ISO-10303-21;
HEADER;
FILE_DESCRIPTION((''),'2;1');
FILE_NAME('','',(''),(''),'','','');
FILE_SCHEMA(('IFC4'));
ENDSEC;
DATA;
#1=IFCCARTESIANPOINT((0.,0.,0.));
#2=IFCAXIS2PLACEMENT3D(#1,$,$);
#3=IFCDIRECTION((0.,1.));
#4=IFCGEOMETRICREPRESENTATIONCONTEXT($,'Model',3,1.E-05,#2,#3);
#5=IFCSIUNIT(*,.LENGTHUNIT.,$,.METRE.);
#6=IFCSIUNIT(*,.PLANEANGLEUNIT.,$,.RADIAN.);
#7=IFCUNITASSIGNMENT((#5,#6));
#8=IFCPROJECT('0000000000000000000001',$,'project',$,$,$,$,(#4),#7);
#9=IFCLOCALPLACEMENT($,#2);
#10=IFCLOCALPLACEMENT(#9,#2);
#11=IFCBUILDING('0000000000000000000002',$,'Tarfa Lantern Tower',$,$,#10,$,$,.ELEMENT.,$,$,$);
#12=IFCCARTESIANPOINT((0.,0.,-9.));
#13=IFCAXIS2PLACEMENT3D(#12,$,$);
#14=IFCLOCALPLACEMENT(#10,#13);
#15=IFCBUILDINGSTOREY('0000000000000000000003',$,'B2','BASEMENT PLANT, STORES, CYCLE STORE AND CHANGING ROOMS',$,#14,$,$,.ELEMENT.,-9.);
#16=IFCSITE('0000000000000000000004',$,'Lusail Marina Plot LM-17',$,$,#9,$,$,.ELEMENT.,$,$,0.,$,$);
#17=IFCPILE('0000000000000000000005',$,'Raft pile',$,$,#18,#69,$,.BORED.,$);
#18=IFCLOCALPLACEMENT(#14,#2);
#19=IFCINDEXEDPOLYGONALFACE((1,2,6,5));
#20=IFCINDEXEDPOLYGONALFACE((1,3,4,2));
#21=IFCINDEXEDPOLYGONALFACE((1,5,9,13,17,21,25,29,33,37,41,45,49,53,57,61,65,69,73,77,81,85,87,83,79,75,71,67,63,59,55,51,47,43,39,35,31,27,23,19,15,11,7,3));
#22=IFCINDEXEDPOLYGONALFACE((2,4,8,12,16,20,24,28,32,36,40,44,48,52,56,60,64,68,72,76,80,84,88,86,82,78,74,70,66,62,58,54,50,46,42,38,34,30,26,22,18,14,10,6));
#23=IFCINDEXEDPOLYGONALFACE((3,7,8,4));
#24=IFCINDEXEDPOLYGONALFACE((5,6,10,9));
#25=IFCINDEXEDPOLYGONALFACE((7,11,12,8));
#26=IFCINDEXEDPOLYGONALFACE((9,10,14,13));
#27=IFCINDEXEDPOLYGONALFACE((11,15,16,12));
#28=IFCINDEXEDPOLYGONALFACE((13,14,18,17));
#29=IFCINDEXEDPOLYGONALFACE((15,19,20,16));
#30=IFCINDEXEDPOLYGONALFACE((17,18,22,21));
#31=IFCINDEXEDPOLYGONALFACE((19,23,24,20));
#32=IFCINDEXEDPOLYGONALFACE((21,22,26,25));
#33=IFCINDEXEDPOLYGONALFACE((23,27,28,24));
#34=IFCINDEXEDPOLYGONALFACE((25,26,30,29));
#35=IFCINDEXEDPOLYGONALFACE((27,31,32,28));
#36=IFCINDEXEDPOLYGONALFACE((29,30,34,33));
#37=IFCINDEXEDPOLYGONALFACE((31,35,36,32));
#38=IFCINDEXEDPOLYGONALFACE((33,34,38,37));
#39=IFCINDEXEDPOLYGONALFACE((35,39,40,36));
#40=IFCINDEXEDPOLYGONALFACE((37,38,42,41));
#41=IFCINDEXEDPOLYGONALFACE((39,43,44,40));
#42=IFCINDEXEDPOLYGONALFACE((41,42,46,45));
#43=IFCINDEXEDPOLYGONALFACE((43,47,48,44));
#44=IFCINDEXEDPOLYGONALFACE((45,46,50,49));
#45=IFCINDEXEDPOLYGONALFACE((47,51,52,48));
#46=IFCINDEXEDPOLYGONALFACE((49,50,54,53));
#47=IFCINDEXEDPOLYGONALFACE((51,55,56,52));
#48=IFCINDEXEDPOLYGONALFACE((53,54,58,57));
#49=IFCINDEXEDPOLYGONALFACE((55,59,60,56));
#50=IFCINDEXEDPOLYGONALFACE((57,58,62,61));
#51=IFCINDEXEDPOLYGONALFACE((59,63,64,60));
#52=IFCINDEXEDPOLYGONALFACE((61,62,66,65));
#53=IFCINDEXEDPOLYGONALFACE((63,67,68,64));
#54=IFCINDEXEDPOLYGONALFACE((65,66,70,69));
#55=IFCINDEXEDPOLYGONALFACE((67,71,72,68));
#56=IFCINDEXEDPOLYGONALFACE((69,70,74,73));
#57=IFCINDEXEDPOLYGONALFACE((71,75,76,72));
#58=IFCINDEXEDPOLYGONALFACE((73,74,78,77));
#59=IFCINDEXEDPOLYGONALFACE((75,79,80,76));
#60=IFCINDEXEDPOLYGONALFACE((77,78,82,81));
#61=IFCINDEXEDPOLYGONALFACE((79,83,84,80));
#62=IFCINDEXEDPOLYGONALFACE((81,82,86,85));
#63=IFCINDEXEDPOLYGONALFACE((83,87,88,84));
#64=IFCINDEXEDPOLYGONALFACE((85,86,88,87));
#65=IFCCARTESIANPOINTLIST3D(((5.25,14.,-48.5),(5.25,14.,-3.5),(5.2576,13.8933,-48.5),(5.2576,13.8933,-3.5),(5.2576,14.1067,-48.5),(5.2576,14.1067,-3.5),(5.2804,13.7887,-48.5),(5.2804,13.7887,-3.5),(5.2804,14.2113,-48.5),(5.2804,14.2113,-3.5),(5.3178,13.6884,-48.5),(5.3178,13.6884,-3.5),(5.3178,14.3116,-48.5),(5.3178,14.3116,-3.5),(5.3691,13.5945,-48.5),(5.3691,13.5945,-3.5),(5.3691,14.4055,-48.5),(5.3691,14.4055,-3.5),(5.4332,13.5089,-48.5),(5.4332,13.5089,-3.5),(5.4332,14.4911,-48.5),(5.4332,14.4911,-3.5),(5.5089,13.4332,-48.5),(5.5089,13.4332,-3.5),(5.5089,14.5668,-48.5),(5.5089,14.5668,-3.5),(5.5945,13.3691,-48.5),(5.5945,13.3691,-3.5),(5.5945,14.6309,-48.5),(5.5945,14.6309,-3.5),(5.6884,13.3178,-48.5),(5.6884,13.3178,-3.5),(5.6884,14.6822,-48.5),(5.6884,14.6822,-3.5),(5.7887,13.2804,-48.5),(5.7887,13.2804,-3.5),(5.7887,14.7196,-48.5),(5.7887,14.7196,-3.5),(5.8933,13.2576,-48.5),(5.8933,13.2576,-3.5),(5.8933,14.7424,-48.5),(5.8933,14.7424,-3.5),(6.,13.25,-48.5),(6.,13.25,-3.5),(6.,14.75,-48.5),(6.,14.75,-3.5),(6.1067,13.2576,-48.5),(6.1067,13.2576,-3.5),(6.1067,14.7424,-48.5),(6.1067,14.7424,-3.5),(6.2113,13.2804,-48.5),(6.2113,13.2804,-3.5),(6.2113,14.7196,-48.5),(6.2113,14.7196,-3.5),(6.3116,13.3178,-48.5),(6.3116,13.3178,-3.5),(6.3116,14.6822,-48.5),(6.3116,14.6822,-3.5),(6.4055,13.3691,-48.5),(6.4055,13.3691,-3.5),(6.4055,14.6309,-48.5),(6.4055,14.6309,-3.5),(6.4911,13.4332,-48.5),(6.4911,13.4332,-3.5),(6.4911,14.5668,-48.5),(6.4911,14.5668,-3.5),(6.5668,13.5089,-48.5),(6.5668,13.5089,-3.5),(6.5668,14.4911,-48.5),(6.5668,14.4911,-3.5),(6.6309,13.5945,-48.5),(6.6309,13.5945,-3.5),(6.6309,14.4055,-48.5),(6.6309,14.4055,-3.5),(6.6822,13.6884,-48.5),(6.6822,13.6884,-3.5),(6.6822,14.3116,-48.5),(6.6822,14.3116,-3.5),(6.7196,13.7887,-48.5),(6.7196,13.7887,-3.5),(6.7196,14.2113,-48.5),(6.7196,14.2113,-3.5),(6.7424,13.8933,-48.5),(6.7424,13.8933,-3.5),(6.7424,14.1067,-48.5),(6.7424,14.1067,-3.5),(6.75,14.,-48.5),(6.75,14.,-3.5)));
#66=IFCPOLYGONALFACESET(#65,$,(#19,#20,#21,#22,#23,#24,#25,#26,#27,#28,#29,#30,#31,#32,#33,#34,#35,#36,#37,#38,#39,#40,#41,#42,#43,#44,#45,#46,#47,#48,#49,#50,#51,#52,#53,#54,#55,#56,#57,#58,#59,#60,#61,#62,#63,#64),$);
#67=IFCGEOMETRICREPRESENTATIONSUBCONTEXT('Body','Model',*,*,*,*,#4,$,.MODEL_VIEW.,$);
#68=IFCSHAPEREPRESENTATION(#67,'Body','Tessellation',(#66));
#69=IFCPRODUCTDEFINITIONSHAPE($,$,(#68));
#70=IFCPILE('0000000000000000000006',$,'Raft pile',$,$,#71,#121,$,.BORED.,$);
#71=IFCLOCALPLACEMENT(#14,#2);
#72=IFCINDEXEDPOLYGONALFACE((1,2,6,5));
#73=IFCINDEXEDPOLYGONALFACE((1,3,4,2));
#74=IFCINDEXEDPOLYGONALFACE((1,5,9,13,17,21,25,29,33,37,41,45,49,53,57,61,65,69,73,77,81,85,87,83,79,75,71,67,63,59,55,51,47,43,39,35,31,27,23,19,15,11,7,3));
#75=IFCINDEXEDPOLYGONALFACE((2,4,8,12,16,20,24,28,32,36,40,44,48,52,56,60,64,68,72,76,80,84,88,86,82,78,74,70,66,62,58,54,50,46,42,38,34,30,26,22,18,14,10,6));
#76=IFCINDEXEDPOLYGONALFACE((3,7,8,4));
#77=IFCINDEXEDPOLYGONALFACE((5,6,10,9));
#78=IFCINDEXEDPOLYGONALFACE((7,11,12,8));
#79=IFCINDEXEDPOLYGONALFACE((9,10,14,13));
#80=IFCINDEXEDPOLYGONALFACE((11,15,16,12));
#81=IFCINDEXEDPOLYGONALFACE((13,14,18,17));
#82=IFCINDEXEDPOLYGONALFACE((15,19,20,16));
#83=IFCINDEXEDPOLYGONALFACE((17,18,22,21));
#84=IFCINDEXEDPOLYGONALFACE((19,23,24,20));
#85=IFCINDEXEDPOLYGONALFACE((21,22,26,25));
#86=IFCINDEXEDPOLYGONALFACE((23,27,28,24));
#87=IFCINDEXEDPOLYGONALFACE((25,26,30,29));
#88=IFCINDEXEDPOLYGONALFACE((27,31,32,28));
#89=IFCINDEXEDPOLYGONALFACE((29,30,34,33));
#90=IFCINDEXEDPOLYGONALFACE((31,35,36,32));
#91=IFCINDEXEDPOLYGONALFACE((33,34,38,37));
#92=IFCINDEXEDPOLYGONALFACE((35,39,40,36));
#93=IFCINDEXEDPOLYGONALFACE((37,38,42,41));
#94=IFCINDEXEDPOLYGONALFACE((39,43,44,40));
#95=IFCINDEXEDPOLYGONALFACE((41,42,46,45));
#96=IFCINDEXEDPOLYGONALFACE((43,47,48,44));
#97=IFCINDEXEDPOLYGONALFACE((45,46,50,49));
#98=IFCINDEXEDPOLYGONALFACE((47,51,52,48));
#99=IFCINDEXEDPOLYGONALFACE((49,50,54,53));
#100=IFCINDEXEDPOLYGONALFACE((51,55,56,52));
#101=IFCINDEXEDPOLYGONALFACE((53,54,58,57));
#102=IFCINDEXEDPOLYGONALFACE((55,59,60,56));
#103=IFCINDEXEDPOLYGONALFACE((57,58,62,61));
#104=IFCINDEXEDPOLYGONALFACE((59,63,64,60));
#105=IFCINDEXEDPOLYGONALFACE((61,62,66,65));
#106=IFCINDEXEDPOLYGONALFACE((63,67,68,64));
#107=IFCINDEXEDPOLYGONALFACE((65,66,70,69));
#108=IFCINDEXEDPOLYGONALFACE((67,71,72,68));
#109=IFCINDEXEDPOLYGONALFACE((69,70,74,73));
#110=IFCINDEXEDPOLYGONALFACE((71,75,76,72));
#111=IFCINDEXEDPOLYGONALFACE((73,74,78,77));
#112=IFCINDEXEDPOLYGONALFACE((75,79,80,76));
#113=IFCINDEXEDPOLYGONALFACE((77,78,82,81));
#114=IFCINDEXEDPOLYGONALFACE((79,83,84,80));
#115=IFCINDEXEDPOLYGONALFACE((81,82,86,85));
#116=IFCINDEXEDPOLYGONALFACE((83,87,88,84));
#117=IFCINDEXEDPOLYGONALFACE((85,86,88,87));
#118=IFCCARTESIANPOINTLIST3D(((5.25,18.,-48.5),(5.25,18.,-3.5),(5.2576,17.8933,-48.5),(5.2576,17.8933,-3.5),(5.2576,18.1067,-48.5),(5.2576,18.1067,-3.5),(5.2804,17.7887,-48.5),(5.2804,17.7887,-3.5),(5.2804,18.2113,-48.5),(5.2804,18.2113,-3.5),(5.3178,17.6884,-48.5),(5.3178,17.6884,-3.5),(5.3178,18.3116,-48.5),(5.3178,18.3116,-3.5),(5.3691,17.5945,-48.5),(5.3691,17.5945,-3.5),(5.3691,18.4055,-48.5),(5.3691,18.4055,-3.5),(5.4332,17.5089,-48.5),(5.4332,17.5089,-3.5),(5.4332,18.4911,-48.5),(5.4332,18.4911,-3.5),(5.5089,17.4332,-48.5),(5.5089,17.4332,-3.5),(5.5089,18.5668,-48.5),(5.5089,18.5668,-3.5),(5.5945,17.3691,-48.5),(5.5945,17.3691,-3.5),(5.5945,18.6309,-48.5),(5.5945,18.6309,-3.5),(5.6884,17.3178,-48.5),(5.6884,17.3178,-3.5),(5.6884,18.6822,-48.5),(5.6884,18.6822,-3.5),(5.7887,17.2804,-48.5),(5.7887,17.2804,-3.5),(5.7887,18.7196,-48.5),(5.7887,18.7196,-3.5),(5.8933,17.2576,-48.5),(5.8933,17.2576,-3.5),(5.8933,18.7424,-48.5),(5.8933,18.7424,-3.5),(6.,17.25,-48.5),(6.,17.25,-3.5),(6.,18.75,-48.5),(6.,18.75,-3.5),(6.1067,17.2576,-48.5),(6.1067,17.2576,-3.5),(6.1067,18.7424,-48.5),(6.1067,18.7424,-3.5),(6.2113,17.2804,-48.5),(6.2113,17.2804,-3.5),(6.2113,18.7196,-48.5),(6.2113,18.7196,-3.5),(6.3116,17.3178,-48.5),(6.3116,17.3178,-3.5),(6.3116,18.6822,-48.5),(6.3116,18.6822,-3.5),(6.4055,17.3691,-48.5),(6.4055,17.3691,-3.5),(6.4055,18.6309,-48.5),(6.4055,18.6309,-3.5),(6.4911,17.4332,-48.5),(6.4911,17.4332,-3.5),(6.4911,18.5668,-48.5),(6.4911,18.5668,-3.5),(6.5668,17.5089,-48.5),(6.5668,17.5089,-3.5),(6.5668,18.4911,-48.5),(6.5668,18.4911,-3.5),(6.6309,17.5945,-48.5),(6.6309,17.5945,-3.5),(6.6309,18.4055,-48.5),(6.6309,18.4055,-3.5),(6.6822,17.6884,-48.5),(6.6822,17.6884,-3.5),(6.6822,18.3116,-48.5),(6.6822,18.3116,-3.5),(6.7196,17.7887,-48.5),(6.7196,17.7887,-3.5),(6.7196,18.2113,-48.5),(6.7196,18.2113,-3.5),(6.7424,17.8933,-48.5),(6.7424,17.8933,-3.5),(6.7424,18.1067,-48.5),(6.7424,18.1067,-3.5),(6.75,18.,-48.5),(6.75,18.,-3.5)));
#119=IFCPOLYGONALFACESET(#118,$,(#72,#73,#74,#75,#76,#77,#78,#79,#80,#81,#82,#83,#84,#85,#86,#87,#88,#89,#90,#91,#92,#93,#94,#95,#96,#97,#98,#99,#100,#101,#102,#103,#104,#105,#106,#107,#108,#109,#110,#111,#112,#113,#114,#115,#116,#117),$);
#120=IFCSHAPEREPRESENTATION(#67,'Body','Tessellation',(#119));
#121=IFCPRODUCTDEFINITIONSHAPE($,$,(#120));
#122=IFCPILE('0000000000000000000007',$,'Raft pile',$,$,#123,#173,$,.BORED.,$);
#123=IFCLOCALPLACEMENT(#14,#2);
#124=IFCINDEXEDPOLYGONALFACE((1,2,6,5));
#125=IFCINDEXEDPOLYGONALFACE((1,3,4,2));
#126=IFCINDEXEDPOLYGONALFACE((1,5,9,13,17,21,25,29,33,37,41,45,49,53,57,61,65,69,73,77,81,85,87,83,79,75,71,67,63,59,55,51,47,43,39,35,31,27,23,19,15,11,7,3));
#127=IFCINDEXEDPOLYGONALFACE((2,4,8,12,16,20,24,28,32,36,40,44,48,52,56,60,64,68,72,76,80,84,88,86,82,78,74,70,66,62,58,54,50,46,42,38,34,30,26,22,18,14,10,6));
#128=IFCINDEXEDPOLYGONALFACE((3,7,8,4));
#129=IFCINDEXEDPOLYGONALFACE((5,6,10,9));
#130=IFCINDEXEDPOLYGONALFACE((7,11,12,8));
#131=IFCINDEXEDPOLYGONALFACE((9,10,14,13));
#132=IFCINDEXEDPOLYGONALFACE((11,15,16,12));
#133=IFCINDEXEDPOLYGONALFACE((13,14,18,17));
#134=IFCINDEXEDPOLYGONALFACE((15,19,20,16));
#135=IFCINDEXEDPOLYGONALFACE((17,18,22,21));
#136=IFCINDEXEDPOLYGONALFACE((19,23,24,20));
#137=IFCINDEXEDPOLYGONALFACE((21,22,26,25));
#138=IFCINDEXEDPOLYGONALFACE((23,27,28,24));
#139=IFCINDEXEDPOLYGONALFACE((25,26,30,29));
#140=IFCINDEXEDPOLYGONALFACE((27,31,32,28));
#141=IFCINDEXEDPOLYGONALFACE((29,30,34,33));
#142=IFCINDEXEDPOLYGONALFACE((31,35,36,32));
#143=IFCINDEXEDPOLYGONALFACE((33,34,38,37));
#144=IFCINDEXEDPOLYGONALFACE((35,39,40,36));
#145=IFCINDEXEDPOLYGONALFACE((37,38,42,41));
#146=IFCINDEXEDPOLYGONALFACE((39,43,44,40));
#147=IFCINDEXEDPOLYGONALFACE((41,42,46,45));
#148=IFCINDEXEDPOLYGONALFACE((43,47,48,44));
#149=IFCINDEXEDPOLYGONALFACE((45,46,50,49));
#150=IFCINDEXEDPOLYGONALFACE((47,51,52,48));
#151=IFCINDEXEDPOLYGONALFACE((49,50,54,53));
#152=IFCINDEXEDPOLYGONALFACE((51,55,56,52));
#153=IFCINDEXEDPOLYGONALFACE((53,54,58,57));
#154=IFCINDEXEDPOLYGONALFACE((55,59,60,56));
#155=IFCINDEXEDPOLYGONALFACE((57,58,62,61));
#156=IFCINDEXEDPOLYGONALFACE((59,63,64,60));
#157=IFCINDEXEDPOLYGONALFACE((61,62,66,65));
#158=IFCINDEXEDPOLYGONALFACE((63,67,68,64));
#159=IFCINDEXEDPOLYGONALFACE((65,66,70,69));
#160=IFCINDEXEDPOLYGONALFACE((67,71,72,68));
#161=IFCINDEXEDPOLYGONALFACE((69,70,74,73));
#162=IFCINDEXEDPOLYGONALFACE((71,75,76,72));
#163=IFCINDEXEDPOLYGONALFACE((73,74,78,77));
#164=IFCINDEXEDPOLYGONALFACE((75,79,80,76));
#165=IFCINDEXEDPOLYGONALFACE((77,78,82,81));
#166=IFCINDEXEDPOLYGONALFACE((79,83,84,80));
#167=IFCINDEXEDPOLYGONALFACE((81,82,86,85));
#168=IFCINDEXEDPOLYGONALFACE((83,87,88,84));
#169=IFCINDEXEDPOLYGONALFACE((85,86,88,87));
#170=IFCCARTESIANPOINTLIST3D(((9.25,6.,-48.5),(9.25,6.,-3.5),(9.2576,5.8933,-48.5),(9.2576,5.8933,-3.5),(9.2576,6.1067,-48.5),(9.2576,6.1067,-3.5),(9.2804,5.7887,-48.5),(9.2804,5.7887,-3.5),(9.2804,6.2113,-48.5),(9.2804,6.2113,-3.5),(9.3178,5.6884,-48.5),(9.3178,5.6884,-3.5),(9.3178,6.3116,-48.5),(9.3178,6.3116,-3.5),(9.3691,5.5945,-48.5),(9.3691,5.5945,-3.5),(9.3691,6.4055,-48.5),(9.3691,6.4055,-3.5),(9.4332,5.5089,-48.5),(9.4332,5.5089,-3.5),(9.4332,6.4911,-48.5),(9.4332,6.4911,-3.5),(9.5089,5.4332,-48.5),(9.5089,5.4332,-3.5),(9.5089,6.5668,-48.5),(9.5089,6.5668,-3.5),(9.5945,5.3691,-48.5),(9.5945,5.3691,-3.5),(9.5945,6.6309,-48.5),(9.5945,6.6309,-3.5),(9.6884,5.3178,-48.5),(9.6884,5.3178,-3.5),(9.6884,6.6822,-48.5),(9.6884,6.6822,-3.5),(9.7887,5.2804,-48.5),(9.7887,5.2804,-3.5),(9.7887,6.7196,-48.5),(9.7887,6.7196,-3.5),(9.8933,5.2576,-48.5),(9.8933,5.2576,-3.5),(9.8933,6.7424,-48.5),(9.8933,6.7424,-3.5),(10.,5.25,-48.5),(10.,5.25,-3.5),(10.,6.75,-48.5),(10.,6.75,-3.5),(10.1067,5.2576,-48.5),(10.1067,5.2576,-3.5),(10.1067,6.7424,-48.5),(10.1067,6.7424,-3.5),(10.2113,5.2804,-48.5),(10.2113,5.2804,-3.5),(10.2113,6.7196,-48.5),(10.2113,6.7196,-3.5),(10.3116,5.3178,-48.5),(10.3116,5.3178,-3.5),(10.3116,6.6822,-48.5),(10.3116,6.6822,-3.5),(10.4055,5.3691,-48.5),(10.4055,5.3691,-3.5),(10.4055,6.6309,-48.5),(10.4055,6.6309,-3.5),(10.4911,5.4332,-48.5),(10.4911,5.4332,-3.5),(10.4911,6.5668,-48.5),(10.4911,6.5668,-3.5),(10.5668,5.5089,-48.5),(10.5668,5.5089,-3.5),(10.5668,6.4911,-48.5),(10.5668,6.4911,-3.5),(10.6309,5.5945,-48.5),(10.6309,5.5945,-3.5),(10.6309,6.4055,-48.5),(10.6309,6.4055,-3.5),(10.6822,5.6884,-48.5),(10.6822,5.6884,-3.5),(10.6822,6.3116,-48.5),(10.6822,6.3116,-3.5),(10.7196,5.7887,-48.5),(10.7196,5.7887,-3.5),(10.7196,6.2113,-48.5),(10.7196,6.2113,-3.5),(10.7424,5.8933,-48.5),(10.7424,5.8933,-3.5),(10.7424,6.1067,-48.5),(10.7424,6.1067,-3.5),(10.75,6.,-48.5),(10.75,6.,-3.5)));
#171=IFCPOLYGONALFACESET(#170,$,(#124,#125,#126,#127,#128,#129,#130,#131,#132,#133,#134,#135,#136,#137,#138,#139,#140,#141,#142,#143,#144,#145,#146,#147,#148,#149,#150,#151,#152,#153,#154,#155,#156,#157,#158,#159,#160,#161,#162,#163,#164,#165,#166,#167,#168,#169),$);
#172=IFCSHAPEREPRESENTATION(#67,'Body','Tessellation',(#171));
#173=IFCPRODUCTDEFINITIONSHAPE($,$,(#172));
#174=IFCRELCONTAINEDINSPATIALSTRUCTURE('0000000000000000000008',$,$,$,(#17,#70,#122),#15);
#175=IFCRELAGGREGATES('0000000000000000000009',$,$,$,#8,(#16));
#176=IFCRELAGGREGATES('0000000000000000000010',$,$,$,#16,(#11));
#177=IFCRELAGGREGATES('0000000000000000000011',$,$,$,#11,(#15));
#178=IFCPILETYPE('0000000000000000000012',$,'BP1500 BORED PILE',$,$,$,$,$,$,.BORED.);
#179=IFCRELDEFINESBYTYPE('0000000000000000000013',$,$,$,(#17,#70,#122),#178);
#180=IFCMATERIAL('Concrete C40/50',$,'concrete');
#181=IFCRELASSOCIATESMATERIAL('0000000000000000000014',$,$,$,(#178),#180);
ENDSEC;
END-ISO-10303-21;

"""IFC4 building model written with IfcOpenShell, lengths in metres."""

from ifc_helpers import new_model, si_unit, direction, frame, origin, origin_2d, place, context, subcontext, project, spatial, circle, extrude, material, material_profile, profile_set, type_object, element, save


model = new_model("IFC4")

# Units and contexts
model_context = context("Model", 3, precision=1e-05, world=origin(), true_north=direction((0.0, 1.0)))
body_context = subcontext(model_context, "Body", "Model", "MODEL_VIEW")
ifc_project = project(units=[si_unit("LENGTHUNIT", "METRE"), si_unit("PLANEANGLEUNIT", "RADIAN")], contexts=[model_context])

# Site, building, storey
site_placement = place(None, origin())
site = spatial("IfcSite", under=ifc_project, at=site_placement, Name="Lusail Marina Plot LM-17", CompositionType="ELEMENT", RefElevation=0.0)
building_placement = place(site_placement, origin())
building = spatial("IfcBuilding", under=site, at=building_placement, Name="Tarfa Lantern Tower", CompositionType="ELEMENT")
storey_placement = place(building_placement, frame((0.0, 0.0, -9.0)))
storey = spatial("IfcBuildingStorey", under=building, at=storey_placement, Name="B2", Description="BASEMENT PLANT, STORES, CYCLE STORE AND CHANGING ROOMS", CompositionType="ELEMENT", Elevation=-9.0)

# Piles
ifc_material_1 = material(Name="Concrete C40/50", Category="concrete")
ifc_material_profile = material_profile(ifc_material_1, circle(Radius=0.75, at=origin_2d()), Name="BORED PILE D1500")
ifc_profile_set = profile_set([ifc_material_profile], Name="Concrete C40/50")
pile_type = type_object("IfcPileType", Name="BP1500 BORED PILE", PredefinedType="BORED", material=ifc_profile_set)
for number, where, z_axis, x_axis, name in (
    (1, (6.0, 14.0, -3.5), (0.0, 0.0, -1.0), (1.0, 0.0, 0.0), "Raft pile"),
    (2, (6.0, 18.0, -3.5), (0.0, 0.0, -1.0), (1.0, 0.0, 0.0), "Raft pile"),
    (3, (10.0, 6.0, -3.5), (0.0, 0.0, -1.0), (1.0, 0.0, 0.0), "Raft pile"),
):
    element("IfcPile", number, at=place(storey_placement, frame(where, z_axis=z_axis, x_axis=x_axis)), inside=storey, type_object=pile_type, Name=name, PredefinedType="BORED", context=body_context, shape_type="SweptSolid", body=[
        extrude(circle(Radius=0.75, at=origin_2d()), origin(), (0.0, 0.0, 1.0), 45.0),
    ])

save(model, "model.ifc")
